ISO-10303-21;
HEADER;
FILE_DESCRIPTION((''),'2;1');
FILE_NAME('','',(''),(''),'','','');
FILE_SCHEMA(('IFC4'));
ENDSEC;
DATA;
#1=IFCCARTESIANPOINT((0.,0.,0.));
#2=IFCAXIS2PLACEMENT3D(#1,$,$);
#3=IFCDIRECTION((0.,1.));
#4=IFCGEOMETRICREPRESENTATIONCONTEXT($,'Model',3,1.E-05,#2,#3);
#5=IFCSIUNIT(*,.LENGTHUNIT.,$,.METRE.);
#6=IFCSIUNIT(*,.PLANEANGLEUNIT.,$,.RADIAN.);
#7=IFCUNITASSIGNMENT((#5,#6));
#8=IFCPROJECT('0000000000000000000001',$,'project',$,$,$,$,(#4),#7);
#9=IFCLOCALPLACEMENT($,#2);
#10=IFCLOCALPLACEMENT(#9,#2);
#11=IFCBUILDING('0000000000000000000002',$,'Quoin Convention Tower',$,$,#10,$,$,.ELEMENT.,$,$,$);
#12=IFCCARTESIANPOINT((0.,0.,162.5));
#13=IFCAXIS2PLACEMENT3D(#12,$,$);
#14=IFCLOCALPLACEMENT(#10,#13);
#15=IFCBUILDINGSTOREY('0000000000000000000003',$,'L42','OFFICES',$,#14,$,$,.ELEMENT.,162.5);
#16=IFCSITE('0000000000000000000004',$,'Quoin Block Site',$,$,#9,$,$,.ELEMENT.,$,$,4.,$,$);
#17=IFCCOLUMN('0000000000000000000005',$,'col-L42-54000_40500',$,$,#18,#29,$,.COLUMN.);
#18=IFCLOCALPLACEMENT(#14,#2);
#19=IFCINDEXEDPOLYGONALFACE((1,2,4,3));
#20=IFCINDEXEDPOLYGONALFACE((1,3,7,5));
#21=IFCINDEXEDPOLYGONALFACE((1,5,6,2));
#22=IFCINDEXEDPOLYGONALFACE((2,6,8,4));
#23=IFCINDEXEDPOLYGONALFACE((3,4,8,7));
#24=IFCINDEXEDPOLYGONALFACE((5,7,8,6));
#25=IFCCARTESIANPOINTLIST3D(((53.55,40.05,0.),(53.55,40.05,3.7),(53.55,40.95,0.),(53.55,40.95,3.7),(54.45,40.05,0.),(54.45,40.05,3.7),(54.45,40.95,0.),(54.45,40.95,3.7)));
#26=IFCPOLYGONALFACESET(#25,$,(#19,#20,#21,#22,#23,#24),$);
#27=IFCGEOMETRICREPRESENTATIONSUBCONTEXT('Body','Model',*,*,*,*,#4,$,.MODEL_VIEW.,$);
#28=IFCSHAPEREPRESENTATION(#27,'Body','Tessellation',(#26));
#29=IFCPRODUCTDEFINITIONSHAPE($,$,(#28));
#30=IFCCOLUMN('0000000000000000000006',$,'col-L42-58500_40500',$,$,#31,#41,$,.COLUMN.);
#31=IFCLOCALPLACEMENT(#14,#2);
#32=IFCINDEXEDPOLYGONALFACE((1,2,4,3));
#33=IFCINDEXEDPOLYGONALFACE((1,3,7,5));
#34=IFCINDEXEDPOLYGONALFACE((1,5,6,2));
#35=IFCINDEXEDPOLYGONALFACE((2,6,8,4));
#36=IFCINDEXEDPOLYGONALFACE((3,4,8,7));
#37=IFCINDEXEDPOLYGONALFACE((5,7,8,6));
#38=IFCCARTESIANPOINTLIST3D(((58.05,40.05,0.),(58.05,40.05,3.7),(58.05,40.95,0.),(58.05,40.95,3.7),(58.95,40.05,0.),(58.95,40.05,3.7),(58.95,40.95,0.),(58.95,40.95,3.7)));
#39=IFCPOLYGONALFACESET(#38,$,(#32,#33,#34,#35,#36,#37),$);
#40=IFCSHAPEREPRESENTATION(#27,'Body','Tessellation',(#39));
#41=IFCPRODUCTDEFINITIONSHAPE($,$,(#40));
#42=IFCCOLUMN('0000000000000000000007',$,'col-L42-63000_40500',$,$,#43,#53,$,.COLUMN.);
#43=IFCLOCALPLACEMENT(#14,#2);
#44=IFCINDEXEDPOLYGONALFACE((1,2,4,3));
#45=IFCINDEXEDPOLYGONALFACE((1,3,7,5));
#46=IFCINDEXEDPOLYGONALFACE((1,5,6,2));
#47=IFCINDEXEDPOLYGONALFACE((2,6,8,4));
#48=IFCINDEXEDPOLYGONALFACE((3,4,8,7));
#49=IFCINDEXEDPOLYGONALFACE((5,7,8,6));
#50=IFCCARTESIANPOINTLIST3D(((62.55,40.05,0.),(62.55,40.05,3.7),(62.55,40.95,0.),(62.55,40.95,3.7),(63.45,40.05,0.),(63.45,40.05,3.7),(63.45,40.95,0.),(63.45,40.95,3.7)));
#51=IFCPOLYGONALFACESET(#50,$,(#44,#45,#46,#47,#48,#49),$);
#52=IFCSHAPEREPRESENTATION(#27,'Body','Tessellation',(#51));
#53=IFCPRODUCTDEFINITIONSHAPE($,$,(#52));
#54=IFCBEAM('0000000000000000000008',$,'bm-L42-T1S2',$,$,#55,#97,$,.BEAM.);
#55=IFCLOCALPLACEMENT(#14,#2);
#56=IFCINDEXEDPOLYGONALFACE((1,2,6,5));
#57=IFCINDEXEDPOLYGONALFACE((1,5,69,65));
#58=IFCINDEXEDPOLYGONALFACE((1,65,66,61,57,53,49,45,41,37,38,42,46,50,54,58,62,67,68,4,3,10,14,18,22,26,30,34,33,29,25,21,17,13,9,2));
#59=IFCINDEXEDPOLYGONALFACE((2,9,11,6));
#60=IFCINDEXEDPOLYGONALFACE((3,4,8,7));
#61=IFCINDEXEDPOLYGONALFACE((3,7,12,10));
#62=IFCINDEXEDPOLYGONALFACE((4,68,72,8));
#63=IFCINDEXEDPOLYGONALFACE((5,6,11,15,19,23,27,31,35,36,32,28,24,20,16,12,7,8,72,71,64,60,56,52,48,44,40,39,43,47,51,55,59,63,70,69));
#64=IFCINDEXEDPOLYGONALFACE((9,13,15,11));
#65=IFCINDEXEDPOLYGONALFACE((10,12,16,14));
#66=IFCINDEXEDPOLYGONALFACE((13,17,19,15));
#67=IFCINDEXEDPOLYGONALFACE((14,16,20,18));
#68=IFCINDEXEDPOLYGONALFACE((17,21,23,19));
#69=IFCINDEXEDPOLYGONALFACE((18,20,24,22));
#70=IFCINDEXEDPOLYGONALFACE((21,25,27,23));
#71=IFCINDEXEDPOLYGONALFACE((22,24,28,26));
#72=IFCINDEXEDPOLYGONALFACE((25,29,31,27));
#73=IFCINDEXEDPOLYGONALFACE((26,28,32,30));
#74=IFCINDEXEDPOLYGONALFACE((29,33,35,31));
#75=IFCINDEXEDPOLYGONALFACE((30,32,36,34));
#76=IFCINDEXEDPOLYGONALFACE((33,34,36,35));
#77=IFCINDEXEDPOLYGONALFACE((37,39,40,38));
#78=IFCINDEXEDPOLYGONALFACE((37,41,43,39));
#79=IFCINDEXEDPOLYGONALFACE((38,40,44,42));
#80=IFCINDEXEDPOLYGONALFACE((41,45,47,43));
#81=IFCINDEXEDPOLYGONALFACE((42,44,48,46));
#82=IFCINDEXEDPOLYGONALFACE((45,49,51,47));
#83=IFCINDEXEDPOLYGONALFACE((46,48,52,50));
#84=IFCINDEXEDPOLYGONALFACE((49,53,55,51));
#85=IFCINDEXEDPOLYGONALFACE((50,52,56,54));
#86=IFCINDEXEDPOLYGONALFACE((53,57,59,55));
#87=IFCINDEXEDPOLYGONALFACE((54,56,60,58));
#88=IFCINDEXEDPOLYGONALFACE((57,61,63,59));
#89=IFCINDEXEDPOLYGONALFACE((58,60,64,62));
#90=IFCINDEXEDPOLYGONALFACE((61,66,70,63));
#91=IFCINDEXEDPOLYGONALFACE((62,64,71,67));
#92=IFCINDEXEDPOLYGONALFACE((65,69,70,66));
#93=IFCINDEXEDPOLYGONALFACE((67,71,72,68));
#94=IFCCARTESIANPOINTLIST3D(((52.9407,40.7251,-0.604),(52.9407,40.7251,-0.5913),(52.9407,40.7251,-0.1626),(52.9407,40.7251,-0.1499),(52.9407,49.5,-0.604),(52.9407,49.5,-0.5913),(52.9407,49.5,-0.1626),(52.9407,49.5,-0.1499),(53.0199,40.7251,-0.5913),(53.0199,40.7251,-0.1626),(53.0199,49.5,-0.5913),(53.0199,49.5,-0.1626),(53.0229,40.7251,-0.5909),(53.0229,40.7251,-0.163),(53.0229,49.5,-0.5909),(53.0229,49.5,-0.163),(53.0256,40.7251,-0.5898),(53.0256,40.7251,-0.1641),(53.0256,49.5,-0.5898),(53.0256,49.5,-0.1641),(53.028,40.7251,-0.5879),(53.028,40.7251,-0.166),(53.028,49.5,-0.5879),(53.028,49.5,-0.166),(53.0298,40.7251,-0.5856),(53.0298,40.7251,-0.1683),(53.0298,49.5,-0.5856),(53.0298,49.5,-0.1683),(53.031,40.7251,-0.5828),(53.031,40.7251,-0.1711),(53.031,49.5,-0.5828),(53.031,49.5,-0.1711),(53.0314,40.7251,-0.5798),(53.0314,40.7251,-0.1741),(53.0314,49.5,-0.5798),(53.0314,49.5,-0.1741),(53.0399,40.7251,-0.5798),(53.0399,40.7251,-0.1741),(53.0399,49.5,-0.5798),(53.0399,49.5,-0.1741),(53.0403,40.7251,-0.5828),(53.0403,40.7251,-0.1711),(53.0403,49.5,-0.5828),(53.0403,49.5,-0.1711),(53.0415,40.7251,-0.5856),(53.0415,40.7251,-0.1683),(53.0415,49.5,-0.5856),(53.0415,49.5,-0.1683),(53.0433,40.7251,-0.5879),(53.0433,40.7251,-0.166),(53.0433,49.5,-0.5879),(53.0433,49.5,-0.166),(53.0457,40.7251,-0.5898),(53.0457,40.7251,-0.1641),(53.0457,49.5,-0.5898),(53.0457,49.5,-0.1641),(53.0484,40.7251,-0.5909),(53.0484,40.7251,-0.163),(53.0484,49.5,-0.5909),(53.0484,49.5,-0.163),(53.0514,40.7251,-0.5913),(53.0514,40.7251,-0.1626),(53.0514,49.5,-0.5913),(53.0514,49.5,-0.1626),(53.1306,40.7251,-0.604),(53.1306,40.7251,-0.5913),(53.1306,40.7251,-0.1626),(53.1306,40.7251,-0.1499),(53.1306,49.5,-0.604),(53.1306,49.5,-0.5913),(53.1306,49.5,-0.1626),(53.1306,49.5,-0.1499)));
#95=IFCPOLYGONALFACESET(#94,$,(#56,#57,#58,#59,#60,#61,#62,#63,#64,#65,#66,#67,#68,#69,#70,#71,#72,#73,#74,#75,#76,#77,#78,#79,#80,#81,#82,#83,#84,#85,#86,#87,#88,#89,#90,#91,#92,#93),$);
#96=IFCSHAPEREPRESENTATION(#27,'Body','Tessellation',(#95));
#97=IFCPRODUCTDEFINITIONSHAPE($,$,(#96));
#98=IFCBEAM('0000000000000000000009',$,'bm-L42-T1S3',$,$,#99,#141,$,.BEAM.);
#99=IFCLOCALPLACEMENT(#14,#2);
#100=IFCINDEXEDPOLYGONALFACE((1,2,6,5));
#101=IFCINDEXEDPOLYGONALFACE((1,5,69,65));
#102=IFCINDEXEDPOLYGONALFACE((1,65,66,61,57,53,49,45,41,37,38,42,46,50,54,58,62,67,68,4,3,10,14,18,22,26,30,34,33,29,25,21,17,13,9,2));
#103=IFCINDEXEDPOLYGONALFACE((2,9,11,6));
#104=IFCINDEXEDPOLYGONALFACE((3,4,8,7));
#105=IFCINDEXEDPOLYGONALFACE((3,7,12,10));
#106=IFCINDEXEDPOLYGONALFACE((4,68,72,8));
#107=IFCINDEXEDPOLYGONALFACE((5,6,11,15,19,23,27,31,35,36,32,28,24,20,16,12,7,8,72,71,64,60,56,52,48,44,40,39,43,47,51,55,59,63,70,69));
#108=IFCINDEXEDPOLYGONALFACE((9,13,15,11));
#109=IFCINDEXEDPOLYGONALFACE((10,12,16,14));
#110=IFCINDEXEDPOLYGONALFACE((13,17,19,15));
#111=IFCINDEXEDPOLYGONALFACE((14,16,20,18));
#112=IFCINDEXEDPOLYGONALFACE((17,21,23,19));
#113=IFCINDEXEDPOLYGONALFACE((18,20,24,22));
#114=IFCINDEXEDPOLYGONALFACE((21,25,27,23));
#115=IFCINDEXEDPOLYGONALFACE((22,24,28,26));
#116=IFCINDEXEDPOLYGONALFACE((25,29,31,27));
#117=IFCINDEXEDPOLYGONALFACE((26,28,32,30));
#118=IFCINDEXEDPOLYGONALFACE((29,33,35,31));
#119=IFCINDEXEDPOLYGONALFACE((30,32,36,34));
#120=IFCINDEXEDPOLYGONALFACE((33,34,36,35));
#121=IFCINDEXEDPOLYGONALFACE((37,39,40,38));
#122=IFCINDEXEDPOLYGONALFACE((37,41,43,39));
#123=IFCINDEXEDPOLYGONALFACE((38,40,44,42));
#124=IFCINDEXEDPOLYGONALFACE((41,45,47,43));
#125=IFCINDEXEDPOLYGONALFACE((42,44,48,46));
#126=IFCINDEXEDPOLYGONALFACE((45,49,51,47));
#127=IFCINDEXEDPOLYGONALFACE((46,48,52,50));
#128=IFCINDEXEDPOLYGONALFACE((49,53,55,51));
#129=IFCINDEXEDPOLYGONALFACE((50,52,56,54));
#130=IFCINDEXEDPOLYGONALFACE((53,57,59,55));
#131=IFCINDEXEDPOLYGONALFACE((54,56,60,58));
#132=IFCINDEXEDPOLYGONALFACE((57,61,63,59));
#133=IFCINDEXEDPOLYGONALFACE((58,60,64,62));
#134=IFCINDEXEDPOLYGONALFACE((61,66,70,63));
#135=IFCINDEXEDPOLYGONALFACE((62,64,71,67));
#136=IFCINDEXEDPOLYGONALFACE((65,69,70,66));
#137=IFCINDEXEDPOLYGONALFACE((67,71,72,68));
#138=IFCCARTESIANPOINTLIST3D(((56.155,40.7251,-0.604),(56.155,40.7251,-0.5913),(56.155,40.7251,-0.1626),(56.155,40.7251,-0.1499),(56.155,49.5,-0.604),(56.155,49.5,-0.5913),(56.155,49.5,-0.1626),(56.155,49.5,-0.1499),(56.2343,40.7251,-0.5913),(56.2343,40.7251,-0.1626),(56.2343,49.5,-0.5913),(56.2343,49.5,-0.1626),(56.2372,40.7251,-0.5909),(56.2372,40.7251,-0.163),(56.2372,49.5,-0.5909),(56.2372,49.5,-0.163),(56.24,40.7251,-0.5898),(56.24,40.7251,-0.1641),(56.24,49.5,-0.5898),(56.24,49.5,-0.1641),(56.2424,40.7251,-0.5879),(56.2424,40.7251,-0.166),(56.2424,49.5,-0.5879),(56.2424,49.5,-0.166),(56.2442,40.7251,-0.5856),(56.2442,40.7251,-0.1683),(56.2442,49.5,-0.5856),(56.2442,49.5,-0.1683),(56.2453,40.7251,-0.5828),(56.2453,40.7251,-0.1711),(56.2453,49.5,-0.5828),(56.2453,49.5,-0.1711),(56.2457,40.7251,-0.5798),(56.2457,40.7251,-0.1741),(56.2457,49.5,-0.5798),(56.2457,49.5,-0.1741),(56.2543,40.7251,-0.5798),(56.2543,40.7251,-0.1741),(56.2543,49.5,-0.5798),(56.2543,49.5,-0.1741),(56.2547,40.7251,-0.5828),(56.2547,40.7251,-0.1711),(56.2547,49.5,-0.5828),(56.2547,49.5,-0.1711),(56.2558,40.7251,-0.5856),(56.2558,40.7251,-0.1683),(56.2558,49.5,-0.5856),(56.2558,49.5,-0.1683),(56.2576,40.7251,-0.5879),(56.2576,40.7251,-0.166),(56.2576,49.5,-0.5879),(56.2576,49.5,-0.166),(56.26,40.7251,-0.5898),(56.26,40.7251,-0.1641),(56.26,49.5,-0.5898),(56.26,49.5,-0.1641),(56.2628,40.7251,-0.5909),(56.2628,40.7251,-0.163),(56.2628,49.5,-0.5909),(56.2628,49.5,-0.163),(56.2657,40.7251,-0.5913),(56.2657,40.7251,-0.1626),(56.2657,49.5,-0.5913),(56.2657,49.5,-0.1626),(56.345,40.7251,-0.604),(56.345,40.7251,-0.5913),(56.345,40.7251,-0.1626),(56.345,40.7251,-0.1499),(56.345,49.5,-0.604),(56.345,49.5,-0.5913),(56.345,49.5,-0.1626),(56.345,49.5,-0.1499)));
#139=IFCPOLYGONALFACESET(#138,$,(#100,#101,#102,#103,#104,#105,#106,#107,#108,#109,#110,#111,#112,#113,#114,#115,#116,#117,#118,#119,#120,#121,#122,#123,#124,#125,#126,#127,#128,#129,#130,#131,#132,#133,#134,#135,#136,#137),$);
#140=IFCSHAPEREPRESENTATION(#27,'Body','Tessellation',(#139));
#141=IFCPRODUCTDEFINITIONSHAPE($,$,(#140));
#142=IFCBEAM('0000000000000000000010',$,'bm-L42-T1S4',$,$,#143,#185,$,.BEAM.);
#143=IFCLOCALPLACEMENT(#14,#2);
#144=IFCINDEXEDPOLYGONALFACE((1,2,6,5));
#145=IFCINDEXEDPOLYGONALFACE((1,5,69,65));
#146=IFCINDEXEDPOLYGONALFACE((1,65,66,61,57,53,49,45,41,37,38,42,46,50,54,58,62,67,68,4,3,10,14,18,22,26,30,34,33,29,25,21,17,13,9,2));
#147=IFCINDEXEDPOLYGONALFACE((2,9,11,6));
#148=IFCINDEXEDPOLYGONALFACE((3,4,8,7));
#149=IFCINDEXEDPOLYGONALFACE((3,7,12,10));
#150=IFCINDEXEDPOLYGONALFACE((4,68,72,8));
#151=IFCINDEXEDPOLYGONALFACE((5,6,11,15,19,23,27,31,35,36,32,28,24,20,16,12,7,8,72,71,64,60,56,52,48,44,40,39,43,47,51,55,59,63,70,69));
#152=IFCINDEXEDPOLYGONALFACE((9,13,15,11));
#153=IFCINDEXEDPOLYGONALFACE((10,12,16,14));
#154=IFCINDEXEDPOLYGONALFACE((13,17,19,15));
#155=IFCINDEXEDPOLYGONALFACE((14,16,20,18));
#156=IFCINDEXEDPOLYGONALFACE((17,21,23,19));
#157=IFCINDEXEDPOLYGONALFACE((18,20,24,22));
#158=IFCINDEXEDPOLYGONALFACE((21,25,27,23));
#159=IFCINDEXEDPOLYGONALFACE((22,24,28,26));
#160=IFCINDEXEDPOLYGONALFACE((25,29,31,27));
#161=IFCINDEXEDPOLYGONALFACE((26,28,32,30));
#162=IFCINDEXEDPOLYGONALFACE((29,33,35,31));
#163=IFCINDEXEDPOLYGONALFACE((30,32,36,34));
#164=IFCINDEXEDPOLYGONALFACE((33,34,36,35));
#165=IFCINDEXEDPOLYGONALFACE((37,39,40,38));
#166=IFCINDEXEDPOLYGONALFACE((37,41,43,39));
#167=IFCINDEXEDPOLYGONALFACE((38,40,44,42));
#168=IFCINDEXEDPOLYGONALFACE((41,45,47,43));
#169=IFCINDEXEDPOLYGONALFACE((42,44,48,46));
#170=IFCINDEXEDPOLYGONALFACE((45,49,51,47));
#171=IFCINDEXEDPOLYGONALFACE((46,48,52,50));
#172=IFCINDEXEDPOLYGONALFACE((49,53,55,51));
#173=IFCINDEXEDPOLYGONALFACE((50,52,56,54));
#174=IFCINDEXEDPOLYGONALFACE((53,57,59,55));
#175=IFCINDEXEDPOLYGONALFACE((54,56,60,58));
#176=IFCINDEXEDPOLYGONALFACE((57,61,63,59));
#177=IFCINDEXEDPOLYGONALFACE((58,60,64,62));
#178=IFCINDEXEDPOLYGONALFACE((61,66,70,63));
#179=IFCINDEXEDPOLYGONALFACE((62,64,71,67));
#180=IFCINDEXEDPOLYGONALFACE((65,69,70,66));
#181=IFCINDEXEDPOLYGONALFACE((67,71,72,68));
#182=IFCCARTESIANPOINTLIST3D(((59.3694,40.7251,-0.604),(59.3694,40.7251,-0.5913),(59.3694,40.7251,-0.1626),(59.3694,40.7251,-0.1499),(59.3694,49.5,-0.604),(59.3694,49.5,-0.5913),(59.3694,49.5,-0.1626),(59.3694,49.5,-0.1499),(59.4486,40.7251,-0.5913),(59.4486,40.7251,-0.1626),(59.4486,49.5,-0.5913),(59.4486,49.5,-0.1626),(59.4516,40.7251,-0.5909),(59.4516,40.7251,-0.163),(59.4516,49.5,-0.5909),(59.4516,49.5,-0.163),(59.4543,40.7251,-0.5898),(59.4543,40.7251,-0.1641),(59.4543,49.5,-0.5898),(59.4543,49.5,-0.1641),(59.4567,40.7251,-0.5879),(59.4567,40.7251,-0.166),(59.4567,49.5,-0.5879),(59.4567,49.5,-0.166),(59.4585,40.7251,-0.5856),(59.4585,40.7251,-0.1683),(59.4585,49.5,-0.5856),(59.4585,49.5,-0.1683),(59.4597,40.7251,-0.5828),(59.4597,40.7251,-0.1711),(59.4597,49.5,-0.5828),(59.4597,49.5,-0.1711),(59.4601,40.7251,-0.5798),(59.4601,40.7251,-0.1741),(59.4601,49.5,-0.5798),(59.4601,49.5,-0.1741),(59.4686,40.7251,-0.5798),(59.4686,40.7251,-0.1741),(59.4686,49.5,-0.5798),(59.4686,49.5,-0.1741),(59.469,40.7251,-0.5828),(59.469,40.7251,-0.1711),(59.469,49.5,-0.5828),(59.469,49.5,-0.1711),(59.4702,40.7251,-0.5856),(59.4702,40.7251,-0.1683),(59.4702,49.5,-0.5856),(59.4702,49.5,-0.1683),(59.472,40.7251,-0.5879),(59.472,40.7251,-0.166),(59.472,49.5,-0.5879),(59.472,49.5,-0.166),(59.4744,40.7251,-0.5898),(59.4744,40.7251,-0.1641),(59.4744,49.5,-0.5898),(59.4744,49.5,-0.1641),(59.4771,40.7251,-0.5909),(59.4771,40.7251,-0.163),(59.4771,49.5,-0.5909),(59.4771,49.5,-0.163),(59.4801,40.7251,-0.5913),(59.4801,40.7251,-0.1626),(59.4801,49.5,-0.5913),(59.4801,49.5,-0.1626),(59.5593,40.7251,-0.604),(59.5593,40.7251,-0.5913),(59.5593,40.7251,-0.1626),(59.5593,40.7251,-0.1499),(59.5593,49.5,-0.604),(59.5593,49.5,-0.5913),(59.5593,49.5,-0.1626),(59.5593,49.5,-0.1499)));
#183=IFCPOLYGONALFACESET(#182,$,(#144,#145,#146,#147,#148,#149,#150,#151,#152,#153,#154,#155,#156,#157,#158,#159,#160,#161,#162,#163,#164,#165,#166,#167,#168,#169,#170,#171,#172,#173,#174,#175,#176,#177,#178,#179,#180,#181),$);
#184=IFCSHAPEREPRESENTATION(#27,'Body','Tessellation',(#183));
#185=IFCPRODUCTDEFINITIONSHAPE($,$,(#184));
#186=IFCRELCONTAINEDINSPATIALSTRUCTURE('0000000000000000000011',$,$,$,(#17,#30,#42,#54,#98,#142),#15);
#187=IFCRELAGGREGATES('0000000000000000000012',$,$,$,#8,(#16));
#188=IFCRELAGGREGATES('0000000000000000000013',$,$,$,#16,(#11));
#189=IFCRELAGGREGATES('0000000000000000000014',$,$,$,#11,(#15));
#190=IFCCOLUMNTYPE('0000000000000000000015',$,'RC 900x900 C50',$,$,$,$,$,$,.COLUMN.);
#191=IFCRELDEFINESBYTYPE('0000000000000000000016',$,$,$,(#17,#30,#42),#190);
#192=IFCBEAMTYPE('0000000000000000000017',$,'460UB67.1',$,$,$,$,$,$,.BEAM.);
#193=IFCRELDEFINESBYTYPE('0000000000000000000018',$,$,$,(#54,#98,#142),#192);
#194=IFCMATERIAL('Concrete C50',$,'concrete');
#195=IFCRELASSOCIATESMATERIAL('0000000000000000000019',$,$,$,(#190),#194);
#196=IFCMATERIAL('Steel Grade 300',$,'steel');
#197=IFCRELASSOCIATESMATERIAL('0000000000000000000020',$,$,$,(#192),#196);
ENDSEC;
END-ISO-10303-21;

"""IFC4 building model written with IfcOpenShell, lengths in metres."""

from ifc_helpers import new_model, si_unit, direction, frame, origin, origin_2d, place, context, subcontext, project, spatial, rectangle, i_section, extrude, material, material_profile, profile_set, type_object, element, save


model = new_model("IFC4")

# Units and contexts
model_context = context("Model", 3, precision=1e-05, world=origin(), true_north=direction((0.0, 1.0)))
body_context = subcontext(model_context, "Body", "Model", "MODEL_VIEW")
ifc_project = project(units=[si_unit("LENGTHUNIT", "METRE"), si_unit("PLANEANGLEUNIT", "RADIAN")], contexts=[model_context])

# Site, building, storey
site_placement = place(None, origin())
site = spatial("IfcSite", under=ifc_project, at=site_placement, Name="Quoin Block Site", CompositionType="ELEMENT", RefElevation=4.0)
building_placement = place(site_placement, origin())
building = spatial("IfcBuilding", under=site, at=building_placement, Name="Quoin Convention Tower", CompositionType="ELEMENT")
storey_placement = place(building_placement, frame((0.0, 0.0, 162.5)))
storey = spatial("IfcBuildingStorey", under=building, at=storey_placement, Name="L42", Description="OFFICES", CompositionType="ELEMENT", Elevation=162.5)

# Columns
ifc_material_1 = material(Name="Concrete C50", Category="concrete")
ifc_material_profile_1 = material_profile(ifc_material_1, rectangle(XDim=0.8999, YDim=0.8999, at=origin_2d()), Name="RC 900x900")
ifc_profile_set_1 = profile_set([ifc_material_profile_1], Name="Concrete C50")
column_type = type_object("IfcColumnType", Name="RC 900x900 C50", PredefinedType="COLUMN", material=ifc_profile_set_1)
for number, where, z_axis, x_axis, name in (
    (1, (54.0, 40.5, 0.0), (0.0, 0.0, 1.0), (1.0, 0.0, 0.0), "col-L42-54000_40500"),
    (2, (58.5, 40.5, 0.0), (0.0, 0.0, 1.0), (1.0, 0.0, 0.0), "col-L42-58500_40500"),
    (3, (63.0, 40.5, 0.0), (0.0, 0.0, 1.0), (1.0, 0.0, 0.0), "col-L42-63000_40500"),
):
    element("IfcColumn", number, at=place(storey_placement, frame(where, z_axis=z_axis, x_axis=x_axis)), inside=storey, type_object=column_type, Name=name, PredefinedType="COLUMN", context=body_context, shape_type="SweptSolid", body=[
        extrude(rectangle(XDim=0.8999, YDim=0.8999, at=origin_2d()), origin(), (0.0, 0.0, 1.0), 3.7),
    ])

# Beams
ifc_material_2 = material(Name="Steel Grade 300", Category="steel")
ifc_material_profile_2 = material_profile(ifc_material_2, i_section(OverallWidth=0.1899, OverallDepth=0.4541, WebThickness=0.0085, FlangeThickness=0.0127, FilletRadius=0.0115, at=origin_2d()), Name="460UB67.1")
ifc_profile_set_2 = profile_set([ifc_material_profile_2], Name="Steel Grade 300")
beam_type_1 = type_object("IfcBeamType", Name="460UB67.1", PredefinedType="BEAM", material=ifc_profile_set_2)
for number, where, z_axis, x_axis, name in (
    (4, (53.0356, 40.7251, -0.377), (0.0, 1.0, 0.0), (-1.0, 0.0, 0.0), "bm-L42-T1S2"),
    (5, (56.25, 40.7251, -0.377), (0.0, 1.0, 0.0), (-1.0, 0.0, 0.0), "bm-L42-T1S3"),
    (6, (59.4644, 40.7251, -0.377), (0.0, 1.0, 0.0), (-1.0, 0.0, 0.0), "bm-L42-T1S4"),
):
    element("IfcBeam", number, at=place(storey_placement, frame(where, z_axis=z_axis, x_axis=x_axis)), inside=storey, type_object=beam_type_1, Name=name, PredefinedType="BEAM", context=body_context, shape_type="SweptSolid", body=[
        extrude(i_section(OverallWidth=0.1899, OverallDepth=0.4541, WebThickness=0.0085, FlangeThickness=0.0127, FilletRadius=0.0115, at=origin_2d()), origin(), (0.0, 0.0, 1.0), 8.7749),
    ])

save(model, "model.ifc")
